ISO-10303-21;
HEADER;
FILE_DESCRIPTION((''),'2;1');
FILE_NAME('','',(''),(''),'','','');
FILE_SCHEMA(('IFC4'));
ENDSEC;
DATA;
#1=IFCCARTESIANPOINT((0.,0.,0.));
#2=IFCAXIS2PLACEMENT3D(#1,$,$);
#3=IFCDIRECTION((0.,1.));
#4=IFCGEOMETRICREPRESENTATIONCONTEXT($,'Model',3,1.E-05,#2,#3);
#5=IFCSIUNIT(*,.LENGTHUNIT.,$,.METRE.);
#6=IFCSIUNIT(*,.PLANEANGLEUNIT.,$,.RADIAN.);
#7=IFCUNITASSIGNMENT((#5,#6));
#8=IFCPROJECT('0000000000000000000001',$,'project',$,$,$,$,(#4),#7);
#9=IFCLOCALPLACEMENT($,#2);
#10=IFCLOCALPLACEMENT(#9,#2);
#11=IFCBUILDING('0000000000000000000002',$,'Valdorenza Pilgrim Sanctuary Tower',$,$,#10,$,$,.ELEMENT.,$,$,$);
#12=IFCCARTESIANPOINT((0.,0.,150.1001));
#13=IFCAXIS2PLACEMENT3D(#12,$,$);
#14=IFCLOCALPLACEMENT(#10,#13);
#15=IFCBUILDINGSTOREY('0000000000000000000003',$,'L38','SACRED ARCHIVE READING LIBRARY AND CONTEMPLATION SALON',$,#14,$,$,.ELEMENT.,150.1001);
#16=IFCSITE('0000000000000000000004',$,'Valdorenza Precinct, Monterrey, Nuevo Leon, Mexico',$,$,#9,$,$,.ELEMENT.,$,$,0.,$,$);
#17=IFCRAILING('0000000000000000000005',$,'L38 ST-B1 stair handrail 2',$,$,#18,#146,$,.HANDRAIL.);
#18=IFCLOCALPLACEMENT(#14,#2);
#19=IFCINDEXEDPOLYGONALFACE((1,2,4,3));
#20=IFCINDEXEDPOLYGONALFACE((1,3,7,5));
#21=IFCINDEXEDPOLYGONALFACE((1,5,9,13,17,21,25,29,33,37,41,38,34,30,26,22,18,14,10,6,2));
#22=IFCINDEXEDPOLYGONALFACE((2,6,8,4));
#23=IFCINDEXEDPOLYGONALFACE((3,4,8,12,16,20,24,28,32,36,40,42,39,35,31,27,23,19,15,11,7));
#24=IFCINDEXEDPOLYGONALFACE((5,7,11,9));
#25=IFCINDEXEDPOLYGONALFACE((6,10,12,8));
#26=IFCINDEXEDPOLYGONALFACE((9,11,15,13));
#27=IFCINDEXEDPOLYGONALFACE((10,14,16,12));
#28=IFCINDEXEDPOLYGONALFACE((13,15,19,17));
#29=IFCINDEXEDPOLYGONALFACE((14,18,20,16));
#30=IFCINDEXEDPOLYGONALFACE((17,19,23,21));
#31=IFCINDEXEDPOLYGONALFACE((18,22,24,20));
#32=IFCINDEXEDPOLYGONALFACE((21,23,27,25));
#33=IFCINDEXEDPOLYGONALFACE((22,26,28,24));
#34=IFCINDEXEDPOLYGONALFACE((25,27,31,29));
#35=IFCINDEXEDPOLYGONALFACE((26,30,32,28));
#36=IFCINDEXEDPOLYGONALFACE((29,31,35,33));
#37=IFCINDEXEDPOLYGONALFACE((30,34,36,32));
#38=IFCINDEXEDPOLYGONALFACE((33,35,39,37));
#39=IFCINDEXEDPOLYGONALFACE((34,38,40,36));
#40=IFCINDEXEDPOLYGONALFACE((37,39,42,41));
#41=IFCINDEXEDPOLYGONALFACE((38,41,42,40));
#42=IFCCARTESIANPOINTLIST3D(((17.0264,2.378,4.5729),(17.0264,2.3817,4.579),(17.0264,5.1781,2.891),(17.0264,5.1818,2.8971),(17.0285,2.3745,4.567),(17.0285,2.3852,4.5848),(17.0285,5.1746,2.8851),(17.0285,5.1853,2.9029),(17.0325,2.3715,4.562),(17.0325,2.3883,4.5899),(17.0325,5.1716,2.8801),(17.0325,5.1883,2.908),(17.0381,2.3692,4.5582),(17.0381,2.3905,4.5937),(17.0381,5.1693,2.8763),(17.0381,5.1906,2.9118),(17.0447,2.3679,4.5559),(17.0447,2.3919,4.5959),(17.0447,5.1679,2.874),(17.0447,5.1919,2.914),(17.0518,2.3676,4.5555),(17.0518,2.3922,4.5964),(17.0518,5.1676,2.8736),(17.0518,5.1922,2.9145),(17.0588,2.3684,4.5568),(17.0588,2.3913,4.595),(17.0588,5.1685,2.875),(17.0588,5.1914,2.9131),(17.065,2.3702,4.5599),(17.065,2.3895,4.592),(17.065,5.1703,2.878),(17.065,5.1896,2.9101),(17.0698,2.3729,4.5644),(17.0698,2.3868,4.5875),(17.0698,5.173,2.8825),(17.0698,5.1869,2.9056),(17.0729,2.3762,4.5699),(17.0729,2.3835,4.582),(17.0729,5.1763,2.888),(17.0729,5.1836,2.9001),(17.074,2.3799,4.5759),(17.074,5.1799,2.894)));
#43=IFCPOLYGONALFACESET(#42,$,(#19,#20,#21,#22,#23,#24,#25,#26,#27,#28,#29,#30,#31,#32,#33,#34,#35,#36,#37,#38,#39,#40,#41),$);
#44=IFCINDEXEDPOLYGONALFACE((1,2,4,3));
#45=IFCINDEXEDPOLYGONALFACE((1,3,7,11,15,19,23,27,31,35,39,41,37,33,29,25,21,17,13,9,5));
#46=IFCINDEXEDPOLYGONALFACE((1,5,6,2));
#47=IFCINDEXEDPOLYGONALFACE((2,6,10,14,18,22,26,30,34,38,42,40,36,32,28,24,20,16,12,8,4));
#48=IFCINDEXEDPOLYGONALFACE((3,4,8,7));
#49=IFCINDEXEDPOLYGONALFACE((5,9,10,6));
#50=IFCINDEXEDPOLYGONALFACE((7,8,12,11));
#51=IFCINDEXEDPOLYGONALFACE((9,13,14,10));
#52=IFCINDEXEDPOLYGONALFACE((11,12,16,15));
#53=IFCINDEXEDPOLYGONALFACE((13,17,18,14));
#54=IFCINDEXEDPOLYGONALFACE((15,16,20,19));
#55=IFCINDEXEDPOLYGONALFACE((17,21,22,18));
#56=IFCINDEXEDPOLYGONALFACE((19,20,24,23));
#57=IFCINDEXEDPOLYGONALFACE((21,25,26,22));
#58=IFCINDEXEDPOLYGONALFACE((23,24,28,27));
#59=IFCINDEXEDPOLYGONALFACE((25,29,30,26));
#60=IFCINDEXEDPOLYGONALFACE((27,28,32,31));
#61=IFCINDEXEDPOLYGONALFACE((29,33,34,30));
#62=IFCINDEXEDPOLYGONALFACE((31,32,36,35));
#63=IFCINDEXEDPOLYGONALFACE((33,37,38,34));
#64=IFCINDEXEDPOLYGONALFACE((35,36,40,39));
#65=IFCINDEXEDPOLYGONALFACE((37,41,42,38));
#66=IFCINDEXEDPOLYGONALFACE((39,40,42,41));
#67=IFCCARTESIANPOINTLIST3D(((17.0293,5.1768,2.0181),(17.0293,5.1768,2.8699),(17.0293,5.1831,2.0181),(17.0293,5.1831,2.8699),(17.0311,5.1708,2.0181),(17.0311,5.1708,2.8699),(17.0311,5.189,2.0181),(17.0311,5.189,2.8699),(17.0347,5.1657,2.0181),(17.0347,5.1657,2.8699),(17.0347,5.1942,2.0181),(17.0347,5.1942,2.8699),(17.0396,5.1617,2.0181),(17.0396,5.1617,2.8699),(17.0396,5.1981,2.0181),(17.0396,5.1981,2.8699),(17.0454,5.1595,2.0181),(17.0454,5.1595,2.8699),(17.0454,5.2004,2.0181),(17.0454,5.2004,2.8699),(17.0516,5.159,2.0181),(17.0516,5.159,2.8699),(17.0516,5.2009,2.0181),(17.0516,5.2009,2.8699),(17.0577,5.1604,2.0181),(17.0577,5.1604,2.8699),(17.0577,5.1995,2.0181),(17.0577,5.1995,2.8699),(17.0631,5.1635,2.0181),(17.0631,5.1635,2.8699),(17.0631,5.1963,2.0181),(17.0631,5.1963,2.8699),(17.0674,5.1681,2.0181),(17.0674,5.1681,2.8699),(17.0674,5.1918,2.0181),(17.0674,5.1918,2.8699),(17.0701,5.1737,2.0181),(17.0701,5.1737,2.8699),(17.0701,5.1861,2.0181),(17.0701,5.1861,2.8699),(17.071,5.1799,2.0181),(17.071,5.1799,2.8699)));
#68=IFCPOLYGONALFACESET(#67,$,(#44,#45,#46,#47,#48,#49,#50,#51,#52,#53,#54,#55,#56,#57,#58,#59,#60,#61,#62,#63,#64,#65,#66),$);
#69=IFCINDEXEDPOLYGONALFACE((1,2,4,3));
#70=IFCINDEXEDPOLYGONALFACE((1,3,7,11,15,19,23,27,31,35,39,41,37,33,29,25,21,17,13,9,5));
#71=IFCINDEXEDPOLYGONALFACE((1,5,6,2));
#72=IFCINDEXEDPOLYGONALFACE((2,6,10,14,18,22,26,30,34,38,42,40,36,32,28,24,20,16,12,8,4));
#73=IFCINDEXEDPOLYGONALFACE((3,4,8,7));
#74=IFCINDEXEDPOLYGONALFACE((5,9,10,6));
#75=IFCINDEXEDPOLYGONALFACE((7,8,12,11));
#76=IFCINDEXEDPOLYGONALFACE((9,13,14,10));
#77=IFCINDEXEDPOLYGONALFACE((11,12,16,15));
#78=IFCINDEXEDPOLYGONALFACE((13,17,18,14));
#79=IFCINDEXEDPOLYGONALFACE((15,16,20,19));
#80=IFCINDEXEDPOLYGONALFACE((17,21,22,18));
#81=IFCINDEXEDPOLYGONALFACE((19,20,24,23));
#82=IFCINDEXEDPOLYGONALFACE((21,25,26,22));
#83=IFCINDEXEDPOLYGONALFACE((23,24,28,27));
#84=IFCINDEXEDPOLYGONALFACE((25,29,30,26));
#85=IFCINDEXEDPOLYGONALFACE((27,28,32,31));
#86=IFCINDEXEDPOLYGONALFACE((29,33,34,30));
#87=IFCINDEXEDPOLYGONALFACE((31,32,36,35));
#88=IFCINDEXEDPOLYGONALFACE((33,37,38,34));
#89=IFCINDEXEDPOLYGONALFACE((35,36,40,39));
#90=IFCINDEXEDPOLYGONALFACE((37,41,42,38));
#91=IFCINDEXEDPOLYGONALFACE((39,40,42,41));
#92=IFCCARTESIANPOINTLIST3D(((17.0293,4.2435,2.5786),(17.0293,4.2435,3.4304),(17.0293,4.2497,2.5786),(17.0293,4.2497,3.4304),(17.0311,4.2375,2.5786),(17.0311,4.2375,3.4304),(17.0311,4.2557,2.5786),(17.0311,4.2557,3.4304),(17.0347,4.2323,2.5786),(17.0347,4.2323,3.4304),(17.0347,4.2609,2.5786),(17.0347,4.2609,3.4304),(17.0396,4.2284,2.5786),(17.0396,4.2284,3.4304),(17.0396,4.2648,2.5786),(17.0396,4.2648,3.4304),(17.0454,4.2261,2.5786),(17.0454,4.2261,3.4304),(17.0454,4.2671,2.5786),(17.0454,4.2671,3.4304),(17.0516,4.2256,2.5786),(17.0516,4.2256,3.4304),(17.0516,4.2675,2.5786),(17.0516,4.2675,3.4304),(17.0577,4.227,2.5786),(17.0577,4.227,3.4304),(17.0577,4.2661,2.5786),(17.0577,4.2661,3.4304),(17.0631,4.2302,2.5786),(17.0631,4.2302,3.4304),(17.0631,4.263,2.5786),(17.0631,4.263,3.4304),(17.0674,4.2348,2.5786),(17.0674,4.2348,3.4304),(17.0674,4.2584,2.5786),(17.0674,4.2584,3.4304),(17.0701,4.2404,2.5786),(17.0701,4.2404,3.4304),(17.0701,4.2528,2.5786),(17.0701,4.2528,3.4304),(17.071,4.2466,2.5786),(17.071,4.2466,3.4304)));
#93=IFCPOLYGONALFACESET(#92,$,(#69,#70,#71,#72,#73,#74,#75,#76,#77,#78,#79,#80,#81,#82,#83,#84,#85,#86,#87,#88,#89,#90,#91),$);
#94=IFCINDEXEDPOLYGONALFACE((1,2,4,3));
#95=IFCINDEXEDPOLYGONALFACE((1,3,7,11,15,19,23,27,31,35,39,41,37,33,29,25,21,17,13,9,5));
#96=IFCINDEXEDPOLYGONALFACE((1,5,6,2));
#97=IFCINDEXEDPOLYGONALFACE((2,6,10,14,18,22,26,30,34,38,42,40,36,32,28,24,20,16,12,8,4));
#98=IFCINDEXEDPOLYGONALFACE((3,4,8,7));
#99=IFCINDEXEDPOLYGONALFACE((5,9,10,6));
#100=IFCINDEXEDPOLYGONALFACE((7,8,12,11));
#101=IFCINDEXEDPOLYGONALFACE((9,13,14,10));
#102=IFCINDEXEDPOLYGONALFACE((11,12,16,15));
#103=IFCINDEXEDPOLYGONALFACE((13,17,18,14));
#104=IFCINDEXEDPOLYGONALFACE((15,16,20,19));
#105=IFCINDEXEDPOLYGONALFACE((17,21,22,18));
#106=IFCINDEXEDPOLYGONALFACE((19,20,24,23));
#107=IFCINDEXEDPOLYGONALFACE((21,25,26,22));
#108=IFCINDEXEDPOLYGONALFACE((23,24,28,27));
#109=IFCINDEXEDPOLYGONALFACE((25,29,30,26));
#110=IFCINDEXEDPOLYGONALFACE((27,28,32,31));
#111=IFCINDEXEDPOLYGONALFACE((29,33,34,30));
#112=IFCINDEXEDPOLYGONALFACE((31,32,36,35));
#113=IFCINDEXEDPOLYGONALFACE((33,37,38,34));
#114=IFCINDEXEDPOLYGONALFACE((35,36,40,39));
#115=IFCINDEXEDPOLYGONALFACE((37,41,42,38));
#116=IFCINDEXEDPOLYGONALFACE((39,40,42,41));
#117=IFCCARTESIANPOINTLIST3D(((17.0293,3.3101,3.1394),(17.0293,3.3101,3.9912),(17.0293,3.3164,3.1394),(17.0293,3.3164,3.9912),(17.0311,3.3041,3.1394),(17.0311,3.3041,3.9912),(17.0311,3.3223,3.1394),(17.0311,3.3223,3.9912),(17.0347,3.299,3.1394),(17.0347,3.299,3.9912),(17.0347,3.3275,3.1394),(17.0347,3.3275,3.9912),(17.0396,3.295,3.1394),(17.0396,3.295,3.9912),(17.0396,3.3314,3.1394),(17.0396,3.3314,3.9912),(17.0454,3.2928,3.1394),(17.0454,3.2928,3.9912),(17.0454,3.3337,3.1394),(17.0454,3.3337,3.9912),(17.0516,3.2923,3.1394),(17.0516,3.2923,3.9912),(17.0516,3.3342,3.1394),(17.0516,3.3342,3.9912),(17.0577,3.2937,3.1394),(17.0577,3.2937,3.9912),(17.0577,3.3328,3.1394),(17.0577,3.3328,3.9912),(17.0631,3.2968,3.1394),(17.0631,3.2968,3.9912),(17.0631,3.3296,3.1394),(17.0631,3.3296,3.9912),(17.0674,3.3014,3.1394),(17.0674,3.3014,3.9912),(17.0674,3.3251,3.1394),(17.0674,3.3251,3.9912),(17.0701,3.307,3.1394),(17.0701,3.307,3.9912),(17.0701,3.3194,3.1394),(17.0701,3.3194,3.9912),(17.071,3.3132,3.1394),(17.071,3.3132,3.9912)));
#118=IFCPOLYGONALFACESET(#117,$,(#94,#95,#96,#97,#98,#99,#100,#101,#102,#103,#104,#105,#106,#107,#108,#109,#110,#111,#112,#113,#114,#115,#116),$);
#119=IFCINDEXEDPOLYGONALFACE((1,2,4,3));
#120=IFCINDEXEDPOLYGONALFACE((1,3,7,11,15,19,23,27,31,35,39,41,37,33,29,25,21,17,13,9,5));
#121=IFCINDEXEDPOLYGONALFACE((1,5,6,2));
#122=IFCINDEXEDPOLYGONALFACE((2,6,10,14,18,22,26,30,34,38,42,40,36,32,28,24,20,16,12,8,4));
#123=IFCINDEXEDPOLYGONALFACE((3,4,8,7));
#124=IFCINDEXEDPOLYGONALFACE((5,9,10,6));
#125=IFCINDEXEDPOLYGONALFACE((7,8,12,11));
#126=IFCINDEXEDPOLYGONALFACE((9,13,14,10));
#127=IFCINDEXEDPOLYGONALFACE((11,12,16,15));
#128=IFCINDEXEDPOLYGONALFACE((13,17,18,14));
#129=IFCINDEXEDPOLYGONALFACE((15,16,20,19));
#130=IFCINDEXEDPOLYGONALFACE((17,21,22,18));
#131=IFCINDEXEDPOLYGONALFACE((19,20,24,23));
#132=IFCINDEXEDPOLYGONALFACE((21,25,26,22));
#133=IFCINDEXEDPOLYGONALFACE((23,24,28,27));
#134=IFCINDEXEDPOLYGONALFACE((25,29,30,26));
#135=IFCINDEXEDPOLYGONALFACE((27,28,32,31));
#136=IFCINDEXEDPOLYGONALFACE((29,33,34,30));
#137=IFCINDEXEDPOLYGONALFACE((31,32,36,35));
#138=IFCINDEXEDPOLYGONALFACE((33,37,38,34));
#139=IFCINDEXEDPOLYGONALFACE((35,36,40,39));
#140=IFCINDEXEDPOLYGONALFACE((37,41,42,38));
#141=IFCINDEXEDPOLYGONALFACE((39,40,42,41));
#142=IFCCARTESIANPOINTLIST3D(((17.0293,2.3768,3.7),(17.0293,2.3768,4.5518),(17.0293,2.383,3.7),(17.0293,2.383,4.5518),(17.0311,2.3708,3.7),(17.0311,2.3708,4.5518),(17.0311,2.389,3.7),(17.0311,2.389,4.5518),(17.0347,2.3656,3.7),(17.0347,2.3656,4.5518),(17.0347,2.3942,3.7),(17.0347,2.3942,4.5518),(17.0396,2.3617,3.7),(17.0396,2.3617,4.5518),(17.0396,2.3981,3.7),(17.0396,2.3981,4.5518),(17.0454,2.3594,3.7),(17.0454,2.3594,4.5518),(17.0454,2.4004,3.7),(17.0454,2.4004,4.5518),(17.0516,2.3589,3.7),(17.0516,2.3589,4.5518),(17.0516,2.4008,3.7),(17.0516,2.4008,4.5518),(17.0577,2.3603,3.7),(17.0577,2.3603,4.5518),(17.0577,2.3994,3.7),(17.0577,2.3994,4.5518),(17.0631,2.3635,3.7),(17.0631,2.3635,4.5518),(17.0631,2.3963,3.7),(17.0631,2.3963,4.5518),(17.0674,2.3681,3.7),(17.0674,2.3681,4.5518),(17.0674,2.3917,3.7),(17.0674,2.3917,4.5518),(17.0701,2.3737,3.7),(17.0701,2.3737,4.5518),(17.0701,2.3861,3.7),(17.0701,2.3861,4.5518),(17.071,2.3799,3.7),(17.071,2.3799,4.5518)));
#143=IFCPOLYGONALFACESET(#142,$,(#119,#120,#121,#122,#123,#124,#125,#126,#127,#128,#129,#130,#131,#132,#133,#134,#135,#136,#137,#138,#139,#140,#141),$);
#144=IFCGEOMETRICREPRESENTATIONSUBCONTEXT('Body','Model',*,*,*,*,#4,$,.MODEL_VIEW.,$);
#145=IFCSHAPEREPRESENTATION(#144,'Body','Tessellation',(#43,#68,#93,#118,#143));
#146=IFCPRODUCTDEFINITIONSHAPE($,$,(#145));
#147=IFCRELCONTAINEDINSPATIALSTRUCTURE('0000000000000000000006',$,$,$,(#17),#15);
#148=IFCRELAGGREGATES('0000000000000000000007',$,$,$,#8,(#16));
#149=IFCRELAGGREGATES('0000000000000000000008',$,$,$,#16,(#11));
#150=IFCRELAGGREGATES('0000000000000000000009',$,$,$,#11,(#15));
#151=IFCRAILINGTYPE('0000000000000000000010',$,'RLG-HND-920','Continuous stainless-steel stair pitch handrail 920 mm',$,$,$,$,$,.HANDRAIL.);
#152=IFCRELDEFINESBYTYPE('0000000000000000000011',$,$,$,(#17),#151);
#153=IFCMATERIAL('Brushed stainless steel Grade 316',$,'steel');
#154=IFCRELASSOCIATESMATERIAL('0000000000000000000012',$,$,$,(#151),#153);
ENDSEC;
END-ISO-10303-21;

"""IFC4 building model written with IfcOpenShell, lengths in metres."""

from ifc_helpers import new_model, si_unit, direction, frame, origin, origin_2d, place, context, subcontext, project, spatial, circle, extrude, material, type_object, element, save


model = new_model("IFC4")

# Units and contexts
model_context = context("Model", 3, precision=1e-05, world=origin(), true_north=direction((0.0, 1.0)))
body_context = subcontext(model_context, "Body", "Model", "MODEL_VIEW")
ifc_project = project(units=[si_unit("LENGTHUNIT", "METRE"), si_unit("PLANEANGLEUNIT", "RADIAN")], contexts=[model_context])

# Site, building, storey
site_placement = place(None, origin())
site = spatial("IfcSite", under=ifc_project, at=site_placement, Name="Valdorenza Precinct, Monterrey, Nuevo Leon, Mexico", CompositionType="ELEMENT", RefElevation=0.0)
building_placement = place(site_placement, origin())
building = spatial("IfcBuilding", under=site, at=building_placement, Name="Valdorenza Pilgrim Sanctuary Tower", CompositionType="ELEMENT")
storey_placement = place(building_placement, frame((0.0, 0.0, 150.1001)))
storey = spatial("IfcBuildingStorey", under=building, at=storey_placement, Name="L38", Description="SACRED ARCHIVE READING LIBRARY AND CONTEMPLATION SALON", CompositionType="ELEMENT", Elevation=150.1001)

# Shared definitions
ifc_material_1 = material(Name="Brushed stainless steel Grade 316", Category="steel")

# Railing
railing_type_1 = type_object("IfcRailingType", Name="RLG-HND-920", Description="Continuous stainless-steel stair pitch handrail 920 mm", PredefinedType="HANDRAIL", material=ifc_material_1)
railing_1_placement = place(storey_placement, frame((17.05, 5.1799, 2.0181)))
element("IfcRailing", 1, at=railing_1_placement, inside=storey, type_object=railing_type_1, Name="L38 ST-B1 stair handrail 2", PredefinedType="HANDRAIL", context=body_context, shape_type="SweptSolid", body=[
    extrude(circle(Radius=0.0239, at=origin_2d()), frame((0.0, 0.0, 0.876), z_axis=(0.0, -0.857242, 0.514913), x_axis=(1.0, 0.0, 0.0)), (0.0, 0.0, 1.0), 3.2664),
    extrude(circle(Radius=0.021, at=origin_2d()), origin(), (0.0, 0.0, 1.0), 0.8518),
    extrude(circle(Radius=0.021, at=origin_2d()), frame((0.0, -0.9333, 0.5605)), (0.0, 0.0, 1.0), 0.8518),
    extrude(circle(Radius=0.021, at=origin_2d()), frame((0.0, -1.8667, 1.1213)), (0.0, 0.0, 1.0), 0.8518),
    extrude(circle(Radius=0.021, at=origin_2d()), frame((0.0, -2.8, 1.6819)), (0.0, 0.0, 1.0), 0.8518),
])

save(model, "model.ifc")
